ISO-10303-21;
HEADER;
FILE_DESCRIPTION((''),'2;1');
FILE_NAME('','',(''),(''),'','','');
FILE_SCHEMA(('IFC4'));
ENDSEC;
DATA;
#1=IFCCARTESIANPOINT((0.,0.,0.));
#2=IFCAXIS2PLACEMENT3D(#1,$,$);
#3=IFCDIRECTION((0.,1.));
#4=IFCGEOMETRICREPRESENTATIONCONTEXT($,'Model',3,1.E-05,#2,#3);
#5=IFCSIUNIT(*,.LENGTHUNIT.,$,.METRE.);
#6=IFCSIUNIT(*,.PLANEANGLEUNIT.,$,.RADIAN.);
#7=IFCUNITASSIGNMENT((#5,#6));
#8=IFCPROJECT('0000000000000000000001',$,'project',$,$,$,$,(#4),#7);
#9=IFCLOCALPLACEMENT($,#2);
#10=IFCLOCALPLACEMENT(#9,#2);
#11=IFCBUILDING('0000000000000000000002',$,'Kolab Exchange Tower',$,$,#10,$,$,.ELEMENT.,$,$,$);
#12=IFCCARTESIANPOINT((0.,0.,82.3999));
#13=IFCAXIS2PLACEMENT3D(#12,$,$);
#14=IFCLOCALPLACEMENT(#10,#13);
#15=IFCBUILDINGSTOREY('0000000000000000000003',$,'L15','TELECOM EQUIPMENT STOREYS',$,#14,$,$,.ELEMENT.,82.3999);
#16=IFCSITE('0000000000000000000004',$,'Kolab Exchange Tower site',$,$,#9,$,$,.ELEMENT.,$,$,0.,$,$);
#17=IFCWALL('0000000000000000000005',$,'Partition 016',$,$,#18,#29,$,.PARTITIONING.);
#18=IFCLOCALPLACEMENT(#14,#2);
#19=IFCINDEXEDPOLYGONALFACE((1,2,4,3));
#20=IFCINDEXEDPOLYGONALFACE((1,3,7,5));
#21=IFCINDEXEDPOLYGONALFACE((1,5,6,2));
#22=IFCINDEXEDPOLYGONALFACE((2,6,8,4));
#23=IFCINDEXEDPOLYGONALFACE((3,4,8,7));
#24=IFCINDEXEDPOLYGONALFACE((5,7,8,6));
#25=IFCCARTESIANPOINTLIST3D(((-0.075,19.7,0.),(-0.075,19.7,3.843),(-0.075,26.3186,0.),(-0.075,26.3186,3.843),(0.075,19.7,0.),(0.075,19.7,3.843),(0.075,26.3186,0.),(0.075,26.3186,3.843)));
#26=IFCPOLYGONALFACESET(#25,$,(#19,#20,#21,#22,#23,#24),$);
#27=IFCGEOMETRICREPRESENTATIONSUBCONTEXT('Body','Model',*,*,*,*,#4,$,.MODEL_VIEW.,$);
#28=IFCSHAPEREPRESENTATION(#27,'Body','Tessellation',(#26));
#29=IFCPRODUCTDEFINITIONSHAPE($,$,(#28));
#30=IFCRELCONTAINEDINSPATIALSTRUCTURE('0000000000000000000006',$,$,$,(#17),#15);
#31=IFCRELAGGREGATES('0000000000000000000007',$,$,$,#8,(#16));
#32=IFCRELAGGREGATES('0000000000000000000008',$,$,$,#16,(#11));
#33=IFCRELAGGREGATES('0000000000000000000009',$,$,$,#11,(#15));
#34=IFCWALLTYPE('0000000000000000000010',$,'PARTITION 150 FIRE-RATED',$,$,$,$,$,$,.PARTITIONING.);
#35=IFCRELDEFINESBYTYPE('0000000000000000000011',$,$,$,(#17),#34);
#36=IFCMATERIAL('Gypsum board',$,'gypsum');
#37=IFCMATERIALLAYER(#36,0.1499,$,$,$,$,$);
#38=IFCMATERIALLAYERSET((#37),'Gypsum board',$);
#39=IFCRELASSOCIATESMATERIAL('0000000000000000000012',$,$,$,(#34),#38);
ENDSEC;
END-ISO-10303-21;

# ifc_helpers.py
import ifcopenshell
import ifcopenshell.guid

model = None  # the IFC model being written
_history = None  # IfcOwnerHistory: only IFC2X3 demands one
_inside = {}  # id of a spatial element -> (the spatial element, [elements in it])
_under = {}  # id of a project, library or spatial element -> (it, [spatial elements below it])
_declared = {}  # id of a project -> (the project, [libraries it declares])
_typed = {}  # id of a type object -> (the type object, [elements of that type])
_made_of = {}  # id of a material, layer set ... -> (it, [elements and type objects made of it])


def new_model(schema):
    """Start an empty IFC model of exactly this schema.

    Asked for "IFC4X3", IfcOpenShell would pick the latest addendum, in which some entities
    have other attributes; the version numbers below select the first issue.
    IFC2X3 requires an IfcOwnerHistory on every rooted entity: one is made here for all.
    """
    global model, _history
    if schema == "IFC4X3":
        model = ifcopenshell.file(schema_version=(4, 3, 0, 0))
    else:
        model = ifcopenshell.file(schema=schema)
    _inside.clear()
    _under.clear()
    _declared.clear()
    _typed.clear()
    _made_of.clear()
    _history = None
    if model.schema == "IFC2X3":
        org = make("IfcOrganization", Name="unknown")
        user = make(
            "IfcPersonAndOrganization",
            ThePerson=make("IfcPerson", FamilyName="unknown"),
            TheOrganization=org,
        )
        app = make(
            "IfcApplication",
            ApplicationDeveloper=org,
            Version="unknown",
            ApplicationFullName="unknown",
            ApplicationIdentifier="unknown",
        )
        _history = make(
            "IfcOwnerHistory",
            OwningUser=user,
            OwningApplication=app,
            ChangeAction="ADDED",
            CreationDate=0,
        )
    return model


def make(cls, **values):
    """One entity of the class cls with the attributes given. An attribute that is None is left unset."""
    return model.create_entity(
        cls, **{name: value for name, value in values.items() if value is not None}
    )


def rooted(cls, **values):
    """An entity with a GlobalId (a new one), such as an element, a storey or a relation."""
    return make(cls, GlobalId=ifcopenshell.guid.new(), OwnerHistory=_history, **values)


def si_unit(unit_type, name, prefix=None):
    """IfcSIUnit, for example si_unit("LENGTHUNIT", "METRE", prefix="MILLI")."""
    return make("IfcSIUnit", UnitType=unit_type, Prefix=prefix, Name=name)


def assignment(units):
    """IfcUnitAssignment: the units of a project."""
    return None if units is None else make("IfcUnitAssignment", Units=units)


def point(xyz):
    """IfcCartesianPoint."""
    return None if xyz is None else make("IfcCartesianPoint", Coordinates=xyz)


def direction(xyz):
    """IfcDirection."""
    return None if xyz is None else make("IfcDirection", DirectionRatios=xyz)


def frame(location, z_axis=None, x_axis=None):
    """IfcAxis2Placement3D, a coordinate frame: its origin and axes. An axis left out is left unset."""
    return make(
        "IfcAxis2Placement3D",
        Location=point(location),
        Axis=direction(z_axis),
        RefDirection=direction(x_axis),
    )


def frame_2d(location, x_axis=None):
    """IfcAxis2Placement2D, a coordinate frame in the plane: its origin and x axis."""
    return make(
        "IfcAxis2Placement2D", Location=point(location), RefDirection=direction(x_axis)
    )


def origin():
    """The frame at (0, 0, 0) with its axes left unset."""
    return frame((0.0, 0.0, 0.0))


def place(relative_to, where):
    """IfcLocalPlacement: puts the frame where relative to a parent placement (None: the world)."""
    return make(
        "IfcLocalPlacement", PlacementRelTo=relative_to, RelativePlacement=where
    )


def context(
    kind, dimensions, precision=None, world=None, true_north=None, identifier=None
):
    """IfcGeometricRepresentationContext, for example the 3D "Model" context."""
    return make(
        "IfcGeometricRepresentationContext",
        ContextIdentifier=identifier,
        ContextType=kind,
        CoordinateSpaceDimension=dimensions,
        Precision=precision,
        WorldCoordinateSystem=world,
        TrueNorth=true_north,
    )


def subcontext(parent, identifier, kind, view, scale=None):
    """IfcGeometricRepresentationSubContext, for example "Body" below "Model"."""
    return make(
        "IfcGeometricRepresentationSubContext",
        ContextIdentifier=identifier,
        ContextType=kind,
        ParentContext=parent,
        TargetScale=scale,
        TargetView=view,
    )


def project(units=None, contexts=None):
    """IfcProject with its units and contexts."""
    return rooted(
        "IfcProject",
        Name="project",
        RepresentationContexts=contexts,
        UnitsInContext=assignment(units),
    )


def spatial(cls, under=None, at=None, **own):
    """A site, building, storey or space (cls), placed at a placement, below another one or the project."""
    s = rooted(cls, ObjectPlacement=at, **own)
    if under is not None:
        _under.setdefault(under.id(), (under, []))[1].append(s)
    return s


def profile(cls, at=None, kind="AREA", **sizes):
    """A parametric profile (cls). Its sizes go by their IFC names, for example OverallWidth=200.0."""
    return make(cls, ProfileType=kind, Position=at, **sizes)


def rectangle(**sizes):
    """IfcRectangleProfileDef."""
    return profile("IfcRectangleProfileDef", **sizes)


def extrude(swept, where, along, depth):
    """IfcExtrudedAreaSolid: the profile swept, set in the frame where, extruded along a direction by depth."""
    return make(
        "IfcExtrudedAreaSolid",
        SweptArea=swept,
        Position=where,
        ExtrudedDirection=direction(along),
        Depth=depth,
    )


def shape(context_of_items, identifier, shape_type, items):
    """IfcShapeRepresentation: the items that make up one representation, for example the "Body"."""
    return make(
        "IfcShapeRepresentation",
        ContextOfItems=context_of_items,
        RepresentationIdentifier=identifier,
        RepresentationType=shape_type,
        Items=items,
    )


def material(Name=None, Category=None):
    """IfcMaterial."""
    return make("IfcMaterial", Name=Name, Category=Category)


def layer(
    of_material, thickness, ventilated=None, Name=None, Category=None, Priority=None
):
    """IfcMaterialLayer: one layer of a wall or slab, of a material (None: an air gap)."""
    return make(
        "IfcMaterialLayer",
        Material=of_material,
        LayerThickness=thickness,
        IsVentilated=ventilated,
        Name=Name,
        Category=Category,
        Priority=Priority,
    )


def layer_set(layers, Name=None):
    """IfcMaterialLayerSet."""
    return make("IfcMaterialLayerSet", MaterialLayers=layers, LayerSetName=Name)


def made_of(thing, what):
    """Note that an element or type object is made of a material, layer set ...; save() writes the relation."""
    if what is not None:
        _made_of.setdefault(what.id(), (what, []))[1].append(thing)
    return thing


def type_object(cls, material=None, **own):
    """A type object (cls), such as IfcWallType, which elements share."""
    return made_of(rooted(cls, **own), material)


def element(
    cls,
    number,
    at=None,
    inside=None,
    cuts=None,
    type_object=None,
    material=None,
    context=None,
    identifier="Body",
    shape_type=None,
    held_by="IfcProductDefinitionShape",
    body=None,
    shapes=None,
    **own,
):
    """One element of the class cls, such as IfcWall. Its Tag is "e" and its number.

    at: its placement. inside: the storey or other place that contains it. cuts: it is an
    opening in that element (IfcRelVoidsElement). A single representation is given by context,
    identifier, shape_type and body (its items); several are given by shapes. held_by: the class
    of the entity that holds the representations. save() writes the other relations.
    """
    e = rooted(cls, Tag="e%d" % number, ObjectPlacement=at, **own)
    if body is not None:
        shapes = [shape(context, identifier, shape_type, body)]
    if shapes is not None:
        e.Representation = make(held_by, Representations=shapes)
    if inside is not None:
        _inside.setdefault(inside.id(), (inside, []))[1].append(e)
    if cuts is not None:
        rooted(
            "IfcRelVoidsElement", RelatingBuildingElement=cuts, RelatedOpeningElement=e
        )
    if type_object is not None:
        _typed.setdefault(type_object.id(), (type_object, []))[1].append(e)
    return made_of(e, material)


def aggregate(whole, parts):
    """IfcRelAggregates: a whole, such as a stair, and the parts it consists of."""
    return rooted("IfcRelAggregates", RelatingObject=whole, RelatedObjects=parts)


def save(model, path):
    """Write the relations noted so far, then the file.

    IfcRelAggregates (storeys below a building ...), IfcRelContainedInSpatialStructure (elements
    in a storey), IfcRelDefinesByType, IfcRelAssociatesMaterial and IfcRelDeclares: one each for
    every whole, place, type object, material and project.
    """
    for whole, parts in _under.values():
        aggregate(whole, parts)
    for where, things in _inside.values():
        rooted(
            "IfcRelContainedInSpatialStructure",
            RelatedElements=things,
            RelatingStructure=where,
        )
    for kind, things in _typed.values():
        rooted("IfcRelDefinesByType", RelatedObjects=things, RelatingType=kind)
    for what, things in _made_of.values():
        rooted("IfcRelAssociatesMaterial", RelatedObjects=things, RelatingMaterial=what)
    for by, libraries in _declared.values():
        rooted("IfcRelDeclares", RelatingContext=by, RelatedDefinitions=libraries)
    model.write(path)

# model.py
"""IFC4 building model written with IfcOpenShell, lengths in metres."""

from ifc_helpers import new_model, si_unit, direction, frame, frame_2d, origin, place, context, subcontext, project, spatial, rectangle, extrude, material, layer, layer_set, type_object, element, save


model = new_model("IFC4")

# Units and contexts
model_context = context("Model", 3, precision=1e-05, world=origin(), true_north=direction((0.0, 1.0)))
body_context = subcontext(model_context, "Body", "Model", "MODEL_VIEW")
ifc_project = project(units=[si_unit("LENGTHUNIT", "METRE"), si_unit("PLANEANGLEUNIT", "RADIAN")], contexts=[model_context])

# Site, building, storey
site_placement = place(None, origin())
site = spatial("IfcSite", under=ifc_project, at=site_placement, Name="Kolab Exchange Tower site", CompositionType="ELEMENT", RefElevation=0.0)
building_placement = place(site_placement, origin())
building = spatial("IfcBuilding", under=site, at=building_placement, Name="Kolab Exchange Tower", CompositionType="ELEMENT")
storey_placement = place(building_placement, frame((0.0, 0.0, 82.3999)))
storey = spatial("IfcBuildingStorey", under=building, at=storey_placement, Name="L15", Description="TELECOM EQUIPMENT STOREYS", CompositionType="ELEMENT", Elevation=82.3999)

# Wall
ifc_material_1 = material(Name="Gypsum board", Category="gypsum")
ifc_layer_1 = layer(ifc_material_1, 0.1499)
ifc_layer_set_1 = layer_set([ifc_layer_1], Name="Gypsum board")
wall_type_1 = type_object("IfcWallType", Name="PARTITION 150 FIRE-RATED", PredefinedType="PARTITIONING", material=ifc_layer_set_1)
wall_1_placement = place(storey_placement, frame((0.0, 19.7, 0.0), z_axis=(0.0, 0.0, 1.0), x_axis=(0.0, 1.0, 0.0)))
element("IfcWall", 1, at=wall_1_placement, inside=storey, type_object=wall_type_1, Name="Partition 016", PredefinedType="PARTITIONING", context=body_context, shape_type="SweptSolid", body=[
    extrude(rectangle(XDim=6.6187, YDim=0.1499, at=frame_2d((3.3093, 0.0))), origin(), (0.0, 0.0, 1.0), 3.843),
])

save(model, "model.ifc")
